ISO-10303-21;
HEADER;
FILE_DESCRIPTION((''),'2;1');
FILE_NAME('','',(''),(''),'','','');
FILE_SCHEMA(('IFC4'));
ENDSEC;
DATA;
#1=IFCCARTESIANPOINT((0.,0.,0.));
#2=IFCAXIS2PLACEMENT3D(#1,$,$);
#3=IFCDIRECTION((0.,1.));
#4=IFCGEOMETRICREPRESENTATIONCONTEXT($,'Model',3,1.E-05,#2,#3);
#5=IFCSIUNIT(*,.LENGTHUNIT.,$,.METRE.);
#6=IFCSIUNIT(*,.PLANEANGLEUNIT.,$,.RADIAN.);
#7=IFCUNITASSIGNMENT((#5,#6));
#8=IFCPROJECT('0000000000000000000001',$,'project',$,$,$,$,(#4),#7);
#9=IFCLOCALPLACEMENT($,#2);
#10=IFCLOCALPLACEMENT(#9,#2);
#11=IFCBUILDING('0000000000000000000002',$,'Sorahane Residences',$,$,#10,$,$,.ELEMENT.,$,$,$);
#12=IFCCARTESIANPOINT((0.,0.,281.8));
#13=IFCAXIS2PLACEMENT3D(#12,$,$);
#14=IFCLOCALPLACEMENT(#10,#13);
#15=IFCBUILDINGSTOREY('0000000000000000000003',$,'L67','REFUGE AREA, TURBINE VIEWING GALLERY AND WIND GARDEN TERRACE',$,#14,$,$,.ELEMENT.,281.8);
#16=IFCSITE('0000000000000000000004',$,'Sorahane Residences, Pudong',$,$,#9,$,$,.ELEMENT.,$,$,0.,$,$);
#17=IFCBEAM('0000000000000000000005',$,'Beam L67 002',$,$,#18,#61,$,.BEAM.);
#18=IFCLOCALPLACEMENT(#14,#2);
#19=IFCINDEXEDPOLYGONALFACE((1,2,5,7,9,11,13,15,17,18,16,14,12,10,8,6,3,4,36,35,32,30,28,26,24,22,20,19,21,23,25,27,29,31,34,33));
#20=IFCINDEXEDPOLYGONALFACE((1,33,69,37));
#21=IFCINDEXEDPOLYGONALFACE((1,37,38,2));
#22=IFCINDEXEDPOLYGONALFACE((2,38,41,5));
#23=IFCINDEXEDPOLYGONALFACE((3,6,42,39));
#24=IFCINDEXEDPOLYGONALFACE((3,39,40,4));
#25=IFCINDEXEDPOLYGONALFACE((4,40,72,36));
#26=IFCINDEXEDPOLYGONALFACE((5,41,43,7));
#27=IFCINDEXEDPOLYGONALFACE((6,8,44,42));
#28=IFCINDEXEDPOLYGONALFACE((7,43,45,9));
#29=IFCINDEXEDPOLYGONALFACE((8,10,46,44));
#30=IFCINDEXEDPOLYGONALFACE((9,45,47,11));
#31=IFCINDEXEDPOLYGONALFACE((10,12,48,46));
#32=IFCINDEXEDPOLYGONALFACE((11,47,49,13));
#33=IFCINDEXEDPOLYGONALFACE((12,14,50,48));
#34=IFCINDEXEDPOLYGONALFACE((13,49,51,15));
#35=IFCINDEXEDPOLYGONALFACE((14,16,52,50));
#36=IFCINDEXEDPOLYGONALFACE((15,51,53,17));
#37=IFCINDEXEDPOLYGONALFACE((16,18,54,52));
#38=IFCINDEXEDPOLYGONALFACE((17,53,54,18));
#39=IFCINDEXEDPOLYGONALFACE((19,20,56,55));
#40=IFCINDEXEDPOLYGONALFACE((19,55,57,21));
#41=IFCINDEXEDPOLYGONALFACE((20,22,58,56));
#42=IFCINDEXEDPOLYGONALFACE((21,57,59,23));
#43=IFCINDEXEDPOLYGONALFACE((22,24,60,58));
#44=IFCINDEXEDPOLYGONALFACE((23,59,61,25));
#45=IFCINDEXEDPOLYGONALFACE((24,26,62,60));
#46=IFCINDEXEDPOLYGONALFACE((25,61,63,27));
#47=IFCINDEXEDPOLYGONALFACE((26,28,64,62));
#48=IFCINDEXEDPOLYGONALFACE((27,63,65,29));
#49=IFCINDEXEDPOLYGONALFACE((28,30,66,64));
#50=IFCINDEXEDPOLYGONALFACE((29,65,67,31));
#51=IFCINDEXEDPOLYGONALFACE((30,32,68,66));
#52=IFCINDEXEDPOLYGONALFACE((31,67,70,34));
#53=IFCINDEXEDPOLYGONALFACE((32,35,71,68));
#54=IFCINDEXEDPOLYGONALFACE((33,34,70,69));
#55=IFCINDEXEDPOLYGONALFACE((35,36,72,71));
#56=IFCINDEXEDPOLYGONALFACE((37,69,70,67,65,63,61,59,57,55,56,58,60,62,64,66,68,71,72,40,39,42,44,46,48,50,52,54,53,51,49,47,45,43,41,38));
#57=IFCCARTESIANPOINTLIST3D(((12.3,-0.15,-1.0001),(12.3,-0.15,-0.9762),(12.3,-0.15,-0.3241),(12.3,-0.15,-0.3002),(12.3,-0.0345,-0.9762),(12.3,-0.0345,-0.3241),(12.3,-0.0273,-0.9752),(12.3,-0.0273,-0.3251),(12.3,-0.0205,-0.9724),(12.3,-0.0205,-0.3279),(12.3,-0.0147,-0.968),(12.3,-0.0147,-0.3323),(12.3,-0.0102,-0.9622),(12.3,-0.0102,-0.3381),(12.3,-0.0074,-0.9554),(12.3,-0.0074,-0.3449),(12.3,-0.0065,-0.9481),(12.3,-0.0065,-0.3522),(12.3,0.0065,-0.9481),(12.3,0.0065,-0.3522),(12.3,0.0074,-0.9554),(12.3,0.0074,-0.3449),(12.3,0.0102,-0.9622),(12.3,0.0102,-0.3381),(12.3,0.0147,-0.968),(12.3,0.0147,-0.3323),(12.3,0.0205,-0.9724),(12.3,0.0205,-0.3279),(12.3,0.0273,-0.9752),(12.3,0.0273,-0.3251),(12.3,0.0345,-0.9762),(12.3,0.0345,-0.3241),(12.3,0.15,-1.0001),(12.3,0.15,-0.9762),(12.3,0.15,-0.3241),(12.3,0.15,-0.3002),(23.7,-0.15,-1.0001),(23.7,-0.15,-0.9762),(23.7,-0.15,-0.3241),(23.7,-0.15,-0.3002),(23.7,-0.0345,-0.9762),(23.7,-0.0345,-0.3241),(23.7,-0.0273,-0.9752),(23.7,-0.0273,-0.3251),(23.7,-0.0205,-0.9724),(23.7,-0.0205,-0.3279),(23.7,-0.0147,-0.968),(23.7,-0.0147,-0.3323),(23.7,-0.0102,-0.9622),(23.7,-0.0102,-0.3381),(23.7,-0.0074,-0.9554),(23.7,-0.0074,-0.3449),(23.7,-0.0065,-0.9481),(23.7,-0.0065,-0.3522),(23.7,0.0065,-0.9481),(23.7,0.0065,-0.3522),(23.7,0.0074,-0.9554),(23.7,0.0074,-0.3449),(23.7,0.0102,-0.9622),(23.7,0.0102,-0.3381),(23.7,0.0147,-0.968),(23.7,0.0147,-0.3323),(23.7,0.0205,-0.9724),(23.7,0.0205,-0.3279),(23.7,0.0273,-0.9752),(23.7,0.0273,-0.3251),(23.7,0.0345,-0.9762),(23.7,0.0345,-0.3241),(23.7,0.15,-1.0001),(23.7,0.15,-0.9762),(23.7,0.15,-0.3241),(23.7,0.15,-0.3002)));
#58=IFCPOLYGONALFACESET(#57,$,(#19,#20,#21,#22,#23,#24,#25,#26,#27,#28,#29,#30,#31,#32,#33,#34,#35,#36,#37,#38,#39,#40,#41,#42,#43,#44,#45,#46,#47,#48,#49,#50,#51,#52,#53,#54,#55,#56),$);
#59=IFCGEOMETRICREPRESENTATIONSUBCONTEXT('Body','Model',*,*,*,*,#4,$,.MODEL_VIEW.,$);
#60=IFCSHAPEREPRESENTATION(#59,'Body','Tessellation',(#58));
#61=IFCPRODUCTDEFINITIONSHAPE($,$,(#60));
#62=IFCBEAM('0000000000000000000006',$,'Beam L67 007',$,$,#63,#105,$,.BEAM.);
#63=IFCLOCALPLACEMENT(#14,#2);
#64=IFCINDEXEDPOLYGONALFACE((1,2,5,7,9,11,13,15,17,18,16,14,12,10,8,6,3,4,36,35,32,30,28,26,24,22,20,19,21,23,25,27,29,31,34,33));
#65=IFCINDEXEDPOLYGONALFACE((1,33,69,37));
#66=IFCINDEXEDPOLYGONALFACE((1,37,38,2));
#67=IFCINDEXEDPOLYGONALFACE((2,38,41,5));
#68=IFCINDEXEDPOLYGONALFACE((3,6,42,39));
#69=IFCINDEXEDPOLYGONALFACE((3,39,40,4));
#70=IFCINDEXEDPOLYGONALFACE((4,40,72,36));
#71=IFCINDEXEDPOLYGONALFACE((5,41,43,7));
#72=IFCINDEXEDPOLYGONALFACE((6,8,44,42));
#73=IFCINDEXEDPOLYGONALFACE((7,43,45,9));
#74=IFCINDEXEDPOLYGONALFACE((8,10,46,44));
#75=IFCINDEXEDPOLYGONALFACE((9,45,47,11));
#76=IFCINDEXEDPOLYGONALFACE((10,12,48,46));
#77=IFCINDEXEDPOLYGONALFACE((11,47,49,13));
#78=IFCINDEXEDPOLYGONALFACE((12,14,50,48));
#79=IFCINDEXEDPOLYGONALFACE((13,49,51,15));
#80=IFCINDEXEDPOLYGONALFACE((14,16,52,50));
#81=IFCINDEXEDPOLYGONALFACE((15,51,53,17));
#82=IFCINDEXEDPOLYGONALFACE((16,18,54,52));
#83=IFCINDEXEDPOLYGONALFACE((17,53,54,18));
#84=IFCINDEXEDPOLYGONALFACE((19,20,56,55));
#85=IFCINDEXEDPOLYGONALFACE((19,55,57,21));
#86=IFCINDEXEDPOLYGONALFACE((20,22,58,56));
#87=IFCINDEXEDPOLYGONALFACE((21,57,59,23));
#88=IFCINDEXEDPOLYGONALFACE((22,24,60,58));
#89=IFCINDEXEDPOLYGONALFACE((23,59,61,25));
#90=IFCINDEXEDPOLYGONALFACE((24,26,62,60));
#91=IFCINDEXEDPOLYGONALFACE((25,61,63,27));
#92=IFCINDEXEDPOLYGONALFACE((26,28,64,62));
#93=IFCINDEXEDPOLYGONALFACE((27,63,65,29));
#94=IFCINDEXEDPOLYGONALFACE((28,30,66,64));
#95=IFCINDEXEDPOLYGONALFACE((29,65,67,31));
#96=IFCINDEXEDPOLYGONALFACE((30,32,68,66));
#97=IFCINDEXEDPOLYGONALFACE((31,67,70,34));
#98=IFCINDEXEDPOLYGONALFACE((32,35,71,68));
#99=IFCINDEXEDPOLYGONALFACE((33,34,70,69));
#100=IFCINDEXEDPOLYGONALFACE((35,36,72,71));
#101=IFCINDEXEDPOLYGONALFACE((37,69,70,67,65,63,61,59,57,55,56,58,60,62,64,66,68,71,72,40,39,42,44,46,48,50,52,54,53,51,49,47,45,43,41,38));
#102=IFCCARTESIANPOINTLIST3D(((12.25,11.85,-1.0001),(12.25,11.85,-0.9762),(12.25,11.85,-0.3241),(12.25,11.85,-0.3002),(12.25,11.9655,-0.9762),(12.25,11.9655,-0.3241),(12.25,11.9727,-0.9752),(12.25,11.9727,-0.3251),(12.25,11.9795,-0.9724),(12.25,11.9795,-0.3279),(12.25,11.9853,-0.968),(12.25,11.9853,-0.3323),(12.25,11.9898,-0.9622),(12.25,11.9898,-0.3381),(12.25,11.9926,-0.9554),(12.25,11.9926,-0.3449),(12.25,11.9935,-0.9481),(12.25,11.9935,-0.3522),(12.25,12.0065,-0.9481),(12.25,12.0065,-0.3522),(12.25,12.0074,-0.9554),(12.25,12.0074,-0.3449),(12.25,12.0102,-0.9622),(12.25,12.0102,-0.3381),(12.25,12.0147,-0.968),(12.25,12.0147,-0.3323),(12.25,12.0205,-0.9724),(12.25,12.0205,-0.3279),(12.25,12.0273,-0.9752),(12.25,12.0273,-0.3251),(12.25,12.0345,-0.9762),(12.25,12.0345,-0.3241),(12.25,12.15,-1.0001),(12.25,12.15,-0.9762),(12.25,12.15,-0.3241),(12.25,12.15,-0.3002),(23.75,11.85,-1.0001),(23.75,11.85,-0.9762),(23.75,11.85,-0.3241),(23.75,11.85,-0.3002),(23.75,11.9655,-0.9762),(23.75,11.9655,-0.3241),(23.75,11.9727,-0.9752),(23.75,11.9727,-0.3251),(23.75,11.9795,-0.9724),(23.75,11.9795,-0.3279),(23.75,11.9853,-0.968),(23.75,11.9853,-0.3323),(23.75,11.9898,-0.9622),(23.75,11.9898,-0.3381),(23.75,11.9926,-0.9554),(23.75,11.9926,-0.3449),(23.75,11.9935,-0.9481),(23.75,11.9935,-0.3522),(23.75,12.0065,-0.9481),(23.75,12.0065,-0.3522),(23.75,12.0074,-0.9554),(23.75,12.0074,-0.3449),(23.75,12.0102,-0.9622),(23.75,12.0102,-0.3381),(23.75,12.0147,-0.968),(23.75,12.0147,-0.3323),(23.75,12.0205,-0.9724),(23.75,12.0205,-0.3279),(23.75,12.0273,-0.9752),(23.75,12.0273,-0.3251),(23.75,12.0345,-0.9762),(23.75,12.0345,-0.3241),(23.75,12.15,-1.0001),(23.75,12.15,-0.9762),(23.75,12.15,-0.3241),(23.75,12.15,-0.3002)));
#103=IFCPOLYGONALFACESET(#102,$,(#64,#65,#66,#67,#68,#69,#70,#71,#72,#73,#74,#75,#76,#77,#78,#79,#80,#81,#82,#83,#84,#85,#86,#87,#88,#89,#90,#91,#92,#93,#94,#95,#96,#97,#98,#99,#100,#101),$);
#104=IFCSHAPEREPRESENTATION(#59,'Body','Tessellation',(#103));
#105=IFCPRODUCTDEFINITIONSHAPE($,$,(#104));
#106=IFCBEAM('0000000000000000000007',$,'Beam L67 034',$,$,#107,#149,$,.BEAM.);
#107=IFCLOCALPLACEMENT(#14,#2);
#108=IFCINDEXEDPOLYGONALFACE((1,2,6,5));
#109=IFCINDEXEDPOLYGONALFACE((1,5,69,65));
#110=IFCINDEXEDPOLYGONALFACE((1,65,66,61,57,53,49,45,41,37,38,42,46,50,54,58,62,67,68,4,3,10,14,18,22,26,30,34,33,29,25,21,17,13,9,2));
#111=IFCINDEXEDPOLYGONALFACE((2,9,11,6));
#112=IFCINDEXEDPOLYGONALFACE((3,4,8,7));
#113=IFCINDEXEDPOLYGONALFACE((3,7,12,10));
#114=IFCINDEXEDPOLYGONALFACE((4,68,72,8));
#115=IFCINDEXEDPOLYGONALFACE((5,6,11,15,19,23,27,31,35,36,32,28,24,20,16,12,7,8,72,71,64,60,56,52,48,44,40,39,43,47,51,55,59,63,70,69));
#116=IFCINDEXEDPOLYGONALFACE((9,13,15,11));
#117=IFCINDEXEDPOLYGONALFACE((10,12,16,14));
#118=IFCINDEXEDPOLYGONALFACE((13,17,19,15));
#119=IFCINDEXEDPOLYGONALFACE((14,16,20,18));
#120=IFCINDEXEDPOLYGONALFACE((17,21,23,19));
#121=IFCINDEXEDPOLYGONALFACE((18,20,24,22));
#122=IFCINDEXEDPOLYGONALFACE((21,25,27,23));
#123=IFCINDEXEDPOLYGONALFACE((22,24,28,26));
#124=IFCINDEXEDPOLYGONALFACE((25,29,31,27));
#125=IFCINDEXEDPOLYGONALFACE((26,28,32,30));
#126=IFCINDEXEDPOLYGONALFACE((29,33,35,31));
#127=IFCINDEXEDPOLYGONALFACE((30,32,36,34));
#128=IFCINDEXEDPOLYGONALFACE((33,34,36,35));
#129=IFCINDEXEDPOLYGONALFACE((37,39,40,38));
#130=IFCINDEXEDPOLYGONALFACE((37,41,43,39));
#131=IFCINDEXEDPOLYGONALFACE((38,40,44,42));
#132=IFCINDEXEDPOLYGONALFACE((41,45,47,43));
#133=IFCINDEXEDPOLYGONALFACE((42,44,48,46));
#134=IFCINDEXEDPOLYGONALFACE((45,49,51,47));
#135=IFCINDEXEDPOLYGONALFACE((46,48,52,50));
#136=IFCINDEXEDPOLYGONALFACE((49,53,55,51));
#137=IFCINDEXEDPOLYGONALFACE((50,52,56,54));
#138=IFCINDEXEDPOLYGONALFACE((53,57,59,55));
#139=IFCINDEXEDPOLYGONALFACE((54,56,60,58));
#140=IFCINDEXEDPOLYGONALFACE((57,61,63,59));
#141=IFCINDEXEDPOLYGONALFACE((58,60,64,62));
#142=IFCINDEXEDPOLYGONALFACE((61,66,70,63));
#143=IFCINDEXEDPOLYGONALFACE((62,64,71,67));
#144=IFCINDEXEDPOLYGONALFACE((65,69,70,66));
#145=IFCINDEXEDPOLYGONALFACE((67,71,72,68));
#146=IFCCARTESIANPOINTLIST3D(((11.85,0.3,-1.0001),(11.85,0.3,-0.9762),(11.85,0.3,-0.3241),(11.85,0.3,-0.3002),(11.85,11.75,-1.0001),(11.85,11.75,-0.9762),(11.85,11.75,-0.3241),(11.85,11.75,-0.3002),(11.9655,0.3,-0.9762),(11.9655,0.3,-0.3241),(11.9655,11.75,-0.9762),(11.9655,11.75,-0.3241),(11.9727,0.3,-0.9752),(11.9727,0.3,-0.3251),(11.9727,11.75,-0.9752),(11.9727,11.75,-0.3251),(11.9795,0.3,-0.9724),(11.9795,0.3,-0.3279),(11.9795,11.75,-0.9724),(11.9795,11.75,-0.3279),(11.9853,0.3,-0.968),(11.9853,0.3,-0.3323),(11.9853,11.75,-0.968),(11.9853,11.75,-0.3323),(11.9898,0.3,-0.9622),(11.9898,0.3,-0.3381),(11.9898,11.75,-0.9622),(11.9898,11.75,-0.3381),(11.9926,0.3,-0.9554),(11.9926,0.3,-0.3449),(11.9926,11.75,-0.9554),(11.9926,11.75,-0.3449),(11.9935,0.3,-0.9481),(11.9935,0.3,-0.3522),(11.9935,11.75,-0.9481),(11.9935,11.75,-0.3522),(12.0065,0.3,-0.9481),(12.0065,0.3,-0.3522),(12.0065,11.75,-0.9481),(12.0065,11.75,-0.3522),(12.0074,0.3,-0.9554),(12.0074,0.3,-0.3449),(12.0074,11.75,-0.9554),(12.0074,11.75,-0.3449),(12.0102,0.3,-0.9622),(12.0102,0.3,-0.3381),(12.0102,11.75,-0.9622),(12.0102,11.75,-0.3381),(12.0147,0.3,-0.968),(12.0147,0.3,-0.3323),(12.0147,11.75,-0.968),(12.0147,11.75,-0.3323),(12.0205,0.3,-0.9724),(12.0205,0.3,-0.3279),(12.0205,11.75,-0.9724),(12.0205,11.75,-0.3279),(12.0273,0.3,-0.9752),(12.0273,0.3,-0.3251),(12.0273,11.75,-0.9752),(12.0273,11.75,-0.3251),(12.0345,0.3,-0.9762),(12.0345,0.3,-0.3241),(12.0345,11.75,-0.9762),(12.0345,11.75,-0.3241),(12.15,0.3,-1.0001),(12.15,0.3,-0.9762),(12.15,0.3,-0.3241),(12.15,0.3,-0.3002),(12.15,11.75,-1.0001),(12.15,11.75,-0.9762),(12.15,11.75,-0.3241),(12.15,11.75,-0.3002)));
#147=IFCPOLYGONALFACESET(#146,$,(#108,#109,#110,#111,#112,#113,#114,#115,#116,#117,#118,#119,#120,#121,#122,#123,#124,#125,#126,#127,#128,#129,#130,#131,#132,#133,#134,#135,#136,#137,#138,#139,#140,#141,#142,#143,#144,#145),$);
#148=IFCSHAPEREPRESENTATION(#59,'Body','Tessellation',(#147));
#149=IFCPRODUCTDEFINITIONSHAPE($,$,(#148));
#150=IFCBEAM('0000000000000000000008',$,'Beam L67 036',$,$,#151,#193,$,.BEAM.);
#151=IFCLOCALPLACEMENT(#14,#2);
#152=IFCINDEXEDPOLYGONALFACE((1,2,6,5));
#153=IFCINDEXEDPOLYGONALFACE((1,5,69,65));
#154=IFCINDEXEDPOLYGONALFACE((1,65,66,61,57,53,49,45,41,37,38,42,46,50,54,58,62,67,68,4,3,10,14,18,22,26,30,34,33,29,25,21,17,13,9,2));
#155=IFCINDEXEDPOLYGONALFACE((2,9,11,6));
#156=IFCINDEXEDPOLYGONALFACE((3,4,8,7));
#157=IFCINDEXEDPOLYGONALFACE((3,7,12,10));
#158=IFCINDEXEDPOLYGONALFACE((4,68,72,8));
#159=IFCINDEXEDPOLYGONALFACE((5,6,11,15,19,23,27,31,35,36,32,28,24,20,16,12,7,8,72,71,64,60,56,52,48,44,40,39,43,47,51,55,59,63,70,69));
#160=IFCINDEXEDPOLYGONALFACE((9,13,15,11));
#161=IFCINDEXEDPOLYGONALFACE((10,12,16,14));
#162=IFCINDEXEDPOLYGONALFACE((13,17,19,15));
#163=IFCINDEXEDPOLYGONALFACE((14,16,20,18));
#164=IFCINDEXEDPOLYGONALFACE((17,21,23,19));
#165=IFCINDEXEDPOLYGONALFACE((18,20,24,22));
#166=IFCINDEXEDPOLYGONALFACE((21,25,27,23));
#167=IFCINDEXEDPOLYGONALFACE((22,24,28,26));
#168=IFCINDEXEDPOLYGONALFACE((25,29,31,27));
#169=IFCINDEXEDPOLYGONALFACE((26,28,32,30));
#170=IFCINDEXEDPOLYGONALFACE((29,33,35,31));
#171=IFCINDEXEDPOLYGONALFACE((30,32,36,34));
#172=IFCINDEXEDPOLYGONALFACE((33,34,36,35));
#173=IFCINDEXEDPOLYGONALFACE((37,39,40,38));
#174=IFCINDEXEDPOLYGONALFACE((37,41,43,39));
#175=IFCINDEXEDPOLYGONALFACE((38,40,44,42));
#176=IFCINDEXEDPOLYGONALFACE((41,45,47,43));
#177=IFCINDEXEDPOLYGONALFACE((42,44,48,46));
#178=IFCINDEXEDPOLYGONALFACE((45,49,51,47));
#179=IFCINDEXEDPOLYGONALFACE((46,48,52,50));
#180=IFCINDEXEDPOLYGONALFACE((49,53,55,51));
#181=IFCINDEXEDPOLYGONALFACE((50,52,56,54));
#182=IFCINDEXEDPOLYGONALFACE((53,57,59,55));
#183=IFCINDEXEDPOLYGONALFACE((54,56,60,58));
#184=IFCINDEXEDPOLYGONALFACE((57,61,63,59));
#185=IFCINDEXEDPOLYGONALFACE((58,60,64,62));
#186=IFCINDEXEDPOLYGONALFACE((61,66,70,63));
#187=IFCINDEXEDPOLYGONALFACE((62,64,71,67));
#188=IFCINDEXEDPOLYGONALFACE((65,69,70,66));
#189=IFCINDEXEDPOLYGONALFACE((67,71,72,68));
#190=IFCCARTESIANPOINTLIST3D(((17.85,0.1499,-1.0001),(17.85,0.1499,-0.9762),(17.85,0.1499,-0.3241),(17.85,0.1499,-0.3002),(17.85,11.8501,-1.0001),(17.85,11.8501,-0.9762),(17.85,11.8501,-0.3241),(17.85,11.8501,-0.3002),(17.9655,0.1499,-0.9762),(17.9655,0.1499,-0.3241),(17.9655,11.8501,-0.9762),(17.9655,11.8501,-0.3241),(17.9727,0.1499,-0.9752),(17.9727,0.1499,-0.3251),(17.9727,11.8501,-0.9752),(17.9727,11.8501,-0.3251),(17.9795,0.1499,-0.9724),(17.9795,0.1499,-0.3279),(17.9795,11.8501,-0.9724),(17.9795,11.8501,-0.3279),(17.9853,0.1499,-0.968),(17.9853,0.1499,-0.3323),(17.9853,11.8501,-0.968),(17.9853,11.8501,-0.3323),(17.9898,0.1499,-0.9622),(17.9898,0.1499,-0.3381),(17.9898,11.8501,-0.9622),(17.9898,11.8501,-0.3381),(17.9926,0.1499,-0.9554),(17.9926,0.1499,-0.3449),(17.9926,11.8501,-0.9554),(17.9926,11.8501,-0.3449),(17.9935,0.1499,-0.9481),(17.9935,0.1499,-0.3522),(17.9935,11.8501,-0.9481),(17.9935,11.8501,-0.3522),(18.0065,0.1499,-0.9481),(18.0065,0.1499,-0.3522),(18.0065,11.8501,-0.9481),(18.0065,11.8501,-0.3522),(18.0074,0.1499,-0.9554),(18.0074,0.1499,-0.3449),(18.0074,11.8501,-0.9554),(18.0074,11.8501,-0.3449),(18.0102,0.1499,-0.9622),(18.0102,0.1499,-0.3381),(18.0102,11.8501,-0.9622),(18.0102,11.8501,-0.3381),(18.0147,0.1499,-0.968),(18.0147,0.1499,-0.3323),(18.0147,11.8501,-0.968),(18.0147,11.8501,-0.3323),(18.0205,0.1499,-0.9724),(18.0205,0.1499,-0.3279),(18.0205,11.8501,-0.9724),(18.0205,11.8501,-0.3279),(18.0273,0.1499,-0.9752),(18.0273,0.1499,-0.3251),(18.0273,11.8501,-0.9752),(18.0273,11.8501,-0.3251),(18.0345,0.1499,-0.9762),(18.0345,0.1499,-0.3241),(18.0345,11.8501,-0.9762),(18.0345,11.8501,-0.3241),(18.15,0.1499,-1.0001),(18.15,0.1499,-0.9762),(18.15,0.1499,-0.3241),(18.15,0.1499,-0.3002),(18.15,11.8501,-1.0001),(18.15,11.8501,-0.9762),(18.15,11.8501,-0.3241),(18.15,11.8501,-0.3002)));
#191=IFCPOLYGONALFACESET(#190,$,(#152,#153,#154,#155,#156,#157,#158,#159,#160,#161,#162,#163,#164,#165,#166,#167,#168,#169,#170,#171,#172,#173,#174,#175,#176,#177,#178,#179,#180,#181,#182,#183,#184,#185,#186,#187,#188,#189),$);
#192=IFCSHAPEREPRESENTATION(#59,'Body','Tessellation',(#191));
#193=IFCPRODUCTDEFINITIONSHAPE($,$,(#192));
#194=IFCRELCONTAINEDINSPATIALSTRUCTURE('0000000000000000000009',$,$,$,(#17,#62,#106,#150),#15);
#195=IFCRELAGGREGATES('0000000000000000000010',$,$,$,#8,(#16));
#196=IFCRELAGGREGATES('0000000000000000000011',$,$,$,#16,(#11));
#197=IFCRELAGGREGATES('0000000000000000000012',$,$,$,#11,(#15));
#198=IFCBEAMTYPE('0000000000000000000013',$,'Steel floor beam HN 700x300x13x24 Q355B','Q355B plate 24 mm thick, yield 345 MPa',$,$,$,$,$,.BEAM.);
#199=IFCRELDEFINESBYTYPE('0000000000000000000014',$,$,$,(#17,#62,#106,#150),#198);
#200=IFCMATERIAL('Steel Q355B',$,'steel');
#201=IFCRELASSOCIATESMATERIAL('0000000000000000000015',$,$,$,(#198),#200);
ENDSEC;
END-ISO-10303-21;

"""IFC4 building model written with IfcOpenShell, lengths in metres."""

from ifc_helpers import new_model, si_unit, direction, frame, origin, origin_2d, place, context, subcontext, project, spatial, i_section, extrude, material, material_profile, profile_set, type_object, element, save


model = new_model("IFC4")

# Units and contexts
model_context = context("Model", 3, precision=1e-05, world=origin(), true_north=direction((0.0, 1.0)))
body_context = subcontext(model_context, "Body", "Model", "MODEL_VIEW")
ifc_project = project(units=[si_unit("LENGTHUNIT", "METRE"), si_unit("PLANEANGLEUNIT", "RADIAN")], contexts=[model_context])

# Site, building, storey
site_placement = place(None, origin())
site = spatial("IfcSite", under=ifc_project, at=site_placement, Name="Sorahane Residences, Pudong", CompositionType="ELEMENT", RefElevation=0.0)
building_placement = place(site_placement, origin())
building = spatial("IfcBuilding", under=site, at=building_placement, Name="Sorahane Residences", CompositionType="ELEMENT")
storey_placement = place(building_placement, frame((0.0, 0.0, 281.8)))
storey = spatial("IfcBuildingStorey", under=building, at=storey_placement, Name="L67", Description="REFUGE AREA, TURBINE VIEWING GALLERY AND WIND GARDEN TERRACE", CompositionType="ELEMENT", Elevation=281.8)

# Beams
ifc_material_1 = material(Name="Steel Q355B", Category="steel")
ifc_material_profile_1 = material_profile(ifc_material_1, i_section(OverallWidth=0.3, OverallDepth=0.7, WebThickness=0.0129, FlangeThickness=0.0239, FilletRadius=0.0281, at=origin_2d()), Name="HN 700x300x13x24")
ifc_profile_set_1 = profile_set([ifc_material_profile_1], Name="Steel Q355B")
beam_type_1 = type_object("IfcBeamType", Name="Steel floor beam HN 700x300x13x24 Q355B", Description="Q355B plate 24 mm thick, yield 345 MPa", PredefinedType="BEAM", material=ifc_profile_set_1)
beam_1_placement = place(storey_placement, frame((12.3, 0.0, -0.6501), z_axis=(1.0, 0.0, 0.0), x_axis=(0.0, 1.0, 0.0)))
element("IfcBeam", 1, at=beam_1_placement, inside=storey, type_object=beam_type_1, Name="Beam L67 002", PredefinedType="BEAM", context=body_context, shape_type="SweptSolid", body=[
    extrude(i_section(OverallWidth=0.3, OverallDepth=0.7, WebThickness=0.0129, FlangeThickness=0.0239, FilletRadius=0.0281, at=origin_2d()), origin(), (0.0, 0.0, 1.0), 11.3999),
])
beam_2_placement = place(storey_placement, frame((12.25, 12.0, -0.6501), z_axis=(1.0, 0.0, 0.0), x_axis=(0.0, 1.0, 0.0)))
element("IfcBeam", 2, at=beam_2_placement, inside=storey, type_object=beam_type_1, Name="Beam L67 007", PredefinedType="BEAM", context=body_context, shape_type="SweptSolid", body=[
    extrude(i_section(OverallWidth=0.3, OverallDepth=0.7, WebThickness=0.0129, FlangeThickness=0.0239, FilletRadius=0.0281, at=origin_2d()), origin(), (0.0, 0.0, 1.0), 11.5),
])
beam_3_placement = place(storey_placement, frame((12.0, 0.3, -0.6501), z_axis=(0.0, 1.0, 0.0), x_axis=(-1.0, 0.0, 0.0)))
element("IfcBeam", 3, at=beam_3_placement, inside=storey, type_object=beam_type_1, Name="Beam L67 034", PredefinedType="BEAM", context=body_context, shape_type="SweptSolid", body=[
    extrude(i_section(OverallWidth=0.3, OverallDepth=0.7, WebThickness=0.0129, FlangeThickness=0.0239, FilletRadius=0.0281, at=origin_2d()), origin(), (0.0, 0.0, 1.0), 11.45),
])
beam_4_placement = place(storey_placement, frame((18.0, 0.1499, -0.6501), z_axis=(0.0, 1.0, 0.0), x_axis=(-1.0, 0.0, 0.0)))
element("IfcBeam", 4, at=beam_4_placement, inside=storey, type_object=beam_type_1, Name="Beam L67 036", PredefinedType="BEAM", context=body_context, shape_type="SweptSolid", body=[
    extrude(i_section(OverallWidth=0.3, OverallDepth=0.7, WebThickness=0.0129, FlangeThickness=0.0239, FilletRadius=0.0281, at=origin_2d()), origin(), (0.0, 0.0, 1.0), 11.7002),
])

save(model, "model.ifc")
